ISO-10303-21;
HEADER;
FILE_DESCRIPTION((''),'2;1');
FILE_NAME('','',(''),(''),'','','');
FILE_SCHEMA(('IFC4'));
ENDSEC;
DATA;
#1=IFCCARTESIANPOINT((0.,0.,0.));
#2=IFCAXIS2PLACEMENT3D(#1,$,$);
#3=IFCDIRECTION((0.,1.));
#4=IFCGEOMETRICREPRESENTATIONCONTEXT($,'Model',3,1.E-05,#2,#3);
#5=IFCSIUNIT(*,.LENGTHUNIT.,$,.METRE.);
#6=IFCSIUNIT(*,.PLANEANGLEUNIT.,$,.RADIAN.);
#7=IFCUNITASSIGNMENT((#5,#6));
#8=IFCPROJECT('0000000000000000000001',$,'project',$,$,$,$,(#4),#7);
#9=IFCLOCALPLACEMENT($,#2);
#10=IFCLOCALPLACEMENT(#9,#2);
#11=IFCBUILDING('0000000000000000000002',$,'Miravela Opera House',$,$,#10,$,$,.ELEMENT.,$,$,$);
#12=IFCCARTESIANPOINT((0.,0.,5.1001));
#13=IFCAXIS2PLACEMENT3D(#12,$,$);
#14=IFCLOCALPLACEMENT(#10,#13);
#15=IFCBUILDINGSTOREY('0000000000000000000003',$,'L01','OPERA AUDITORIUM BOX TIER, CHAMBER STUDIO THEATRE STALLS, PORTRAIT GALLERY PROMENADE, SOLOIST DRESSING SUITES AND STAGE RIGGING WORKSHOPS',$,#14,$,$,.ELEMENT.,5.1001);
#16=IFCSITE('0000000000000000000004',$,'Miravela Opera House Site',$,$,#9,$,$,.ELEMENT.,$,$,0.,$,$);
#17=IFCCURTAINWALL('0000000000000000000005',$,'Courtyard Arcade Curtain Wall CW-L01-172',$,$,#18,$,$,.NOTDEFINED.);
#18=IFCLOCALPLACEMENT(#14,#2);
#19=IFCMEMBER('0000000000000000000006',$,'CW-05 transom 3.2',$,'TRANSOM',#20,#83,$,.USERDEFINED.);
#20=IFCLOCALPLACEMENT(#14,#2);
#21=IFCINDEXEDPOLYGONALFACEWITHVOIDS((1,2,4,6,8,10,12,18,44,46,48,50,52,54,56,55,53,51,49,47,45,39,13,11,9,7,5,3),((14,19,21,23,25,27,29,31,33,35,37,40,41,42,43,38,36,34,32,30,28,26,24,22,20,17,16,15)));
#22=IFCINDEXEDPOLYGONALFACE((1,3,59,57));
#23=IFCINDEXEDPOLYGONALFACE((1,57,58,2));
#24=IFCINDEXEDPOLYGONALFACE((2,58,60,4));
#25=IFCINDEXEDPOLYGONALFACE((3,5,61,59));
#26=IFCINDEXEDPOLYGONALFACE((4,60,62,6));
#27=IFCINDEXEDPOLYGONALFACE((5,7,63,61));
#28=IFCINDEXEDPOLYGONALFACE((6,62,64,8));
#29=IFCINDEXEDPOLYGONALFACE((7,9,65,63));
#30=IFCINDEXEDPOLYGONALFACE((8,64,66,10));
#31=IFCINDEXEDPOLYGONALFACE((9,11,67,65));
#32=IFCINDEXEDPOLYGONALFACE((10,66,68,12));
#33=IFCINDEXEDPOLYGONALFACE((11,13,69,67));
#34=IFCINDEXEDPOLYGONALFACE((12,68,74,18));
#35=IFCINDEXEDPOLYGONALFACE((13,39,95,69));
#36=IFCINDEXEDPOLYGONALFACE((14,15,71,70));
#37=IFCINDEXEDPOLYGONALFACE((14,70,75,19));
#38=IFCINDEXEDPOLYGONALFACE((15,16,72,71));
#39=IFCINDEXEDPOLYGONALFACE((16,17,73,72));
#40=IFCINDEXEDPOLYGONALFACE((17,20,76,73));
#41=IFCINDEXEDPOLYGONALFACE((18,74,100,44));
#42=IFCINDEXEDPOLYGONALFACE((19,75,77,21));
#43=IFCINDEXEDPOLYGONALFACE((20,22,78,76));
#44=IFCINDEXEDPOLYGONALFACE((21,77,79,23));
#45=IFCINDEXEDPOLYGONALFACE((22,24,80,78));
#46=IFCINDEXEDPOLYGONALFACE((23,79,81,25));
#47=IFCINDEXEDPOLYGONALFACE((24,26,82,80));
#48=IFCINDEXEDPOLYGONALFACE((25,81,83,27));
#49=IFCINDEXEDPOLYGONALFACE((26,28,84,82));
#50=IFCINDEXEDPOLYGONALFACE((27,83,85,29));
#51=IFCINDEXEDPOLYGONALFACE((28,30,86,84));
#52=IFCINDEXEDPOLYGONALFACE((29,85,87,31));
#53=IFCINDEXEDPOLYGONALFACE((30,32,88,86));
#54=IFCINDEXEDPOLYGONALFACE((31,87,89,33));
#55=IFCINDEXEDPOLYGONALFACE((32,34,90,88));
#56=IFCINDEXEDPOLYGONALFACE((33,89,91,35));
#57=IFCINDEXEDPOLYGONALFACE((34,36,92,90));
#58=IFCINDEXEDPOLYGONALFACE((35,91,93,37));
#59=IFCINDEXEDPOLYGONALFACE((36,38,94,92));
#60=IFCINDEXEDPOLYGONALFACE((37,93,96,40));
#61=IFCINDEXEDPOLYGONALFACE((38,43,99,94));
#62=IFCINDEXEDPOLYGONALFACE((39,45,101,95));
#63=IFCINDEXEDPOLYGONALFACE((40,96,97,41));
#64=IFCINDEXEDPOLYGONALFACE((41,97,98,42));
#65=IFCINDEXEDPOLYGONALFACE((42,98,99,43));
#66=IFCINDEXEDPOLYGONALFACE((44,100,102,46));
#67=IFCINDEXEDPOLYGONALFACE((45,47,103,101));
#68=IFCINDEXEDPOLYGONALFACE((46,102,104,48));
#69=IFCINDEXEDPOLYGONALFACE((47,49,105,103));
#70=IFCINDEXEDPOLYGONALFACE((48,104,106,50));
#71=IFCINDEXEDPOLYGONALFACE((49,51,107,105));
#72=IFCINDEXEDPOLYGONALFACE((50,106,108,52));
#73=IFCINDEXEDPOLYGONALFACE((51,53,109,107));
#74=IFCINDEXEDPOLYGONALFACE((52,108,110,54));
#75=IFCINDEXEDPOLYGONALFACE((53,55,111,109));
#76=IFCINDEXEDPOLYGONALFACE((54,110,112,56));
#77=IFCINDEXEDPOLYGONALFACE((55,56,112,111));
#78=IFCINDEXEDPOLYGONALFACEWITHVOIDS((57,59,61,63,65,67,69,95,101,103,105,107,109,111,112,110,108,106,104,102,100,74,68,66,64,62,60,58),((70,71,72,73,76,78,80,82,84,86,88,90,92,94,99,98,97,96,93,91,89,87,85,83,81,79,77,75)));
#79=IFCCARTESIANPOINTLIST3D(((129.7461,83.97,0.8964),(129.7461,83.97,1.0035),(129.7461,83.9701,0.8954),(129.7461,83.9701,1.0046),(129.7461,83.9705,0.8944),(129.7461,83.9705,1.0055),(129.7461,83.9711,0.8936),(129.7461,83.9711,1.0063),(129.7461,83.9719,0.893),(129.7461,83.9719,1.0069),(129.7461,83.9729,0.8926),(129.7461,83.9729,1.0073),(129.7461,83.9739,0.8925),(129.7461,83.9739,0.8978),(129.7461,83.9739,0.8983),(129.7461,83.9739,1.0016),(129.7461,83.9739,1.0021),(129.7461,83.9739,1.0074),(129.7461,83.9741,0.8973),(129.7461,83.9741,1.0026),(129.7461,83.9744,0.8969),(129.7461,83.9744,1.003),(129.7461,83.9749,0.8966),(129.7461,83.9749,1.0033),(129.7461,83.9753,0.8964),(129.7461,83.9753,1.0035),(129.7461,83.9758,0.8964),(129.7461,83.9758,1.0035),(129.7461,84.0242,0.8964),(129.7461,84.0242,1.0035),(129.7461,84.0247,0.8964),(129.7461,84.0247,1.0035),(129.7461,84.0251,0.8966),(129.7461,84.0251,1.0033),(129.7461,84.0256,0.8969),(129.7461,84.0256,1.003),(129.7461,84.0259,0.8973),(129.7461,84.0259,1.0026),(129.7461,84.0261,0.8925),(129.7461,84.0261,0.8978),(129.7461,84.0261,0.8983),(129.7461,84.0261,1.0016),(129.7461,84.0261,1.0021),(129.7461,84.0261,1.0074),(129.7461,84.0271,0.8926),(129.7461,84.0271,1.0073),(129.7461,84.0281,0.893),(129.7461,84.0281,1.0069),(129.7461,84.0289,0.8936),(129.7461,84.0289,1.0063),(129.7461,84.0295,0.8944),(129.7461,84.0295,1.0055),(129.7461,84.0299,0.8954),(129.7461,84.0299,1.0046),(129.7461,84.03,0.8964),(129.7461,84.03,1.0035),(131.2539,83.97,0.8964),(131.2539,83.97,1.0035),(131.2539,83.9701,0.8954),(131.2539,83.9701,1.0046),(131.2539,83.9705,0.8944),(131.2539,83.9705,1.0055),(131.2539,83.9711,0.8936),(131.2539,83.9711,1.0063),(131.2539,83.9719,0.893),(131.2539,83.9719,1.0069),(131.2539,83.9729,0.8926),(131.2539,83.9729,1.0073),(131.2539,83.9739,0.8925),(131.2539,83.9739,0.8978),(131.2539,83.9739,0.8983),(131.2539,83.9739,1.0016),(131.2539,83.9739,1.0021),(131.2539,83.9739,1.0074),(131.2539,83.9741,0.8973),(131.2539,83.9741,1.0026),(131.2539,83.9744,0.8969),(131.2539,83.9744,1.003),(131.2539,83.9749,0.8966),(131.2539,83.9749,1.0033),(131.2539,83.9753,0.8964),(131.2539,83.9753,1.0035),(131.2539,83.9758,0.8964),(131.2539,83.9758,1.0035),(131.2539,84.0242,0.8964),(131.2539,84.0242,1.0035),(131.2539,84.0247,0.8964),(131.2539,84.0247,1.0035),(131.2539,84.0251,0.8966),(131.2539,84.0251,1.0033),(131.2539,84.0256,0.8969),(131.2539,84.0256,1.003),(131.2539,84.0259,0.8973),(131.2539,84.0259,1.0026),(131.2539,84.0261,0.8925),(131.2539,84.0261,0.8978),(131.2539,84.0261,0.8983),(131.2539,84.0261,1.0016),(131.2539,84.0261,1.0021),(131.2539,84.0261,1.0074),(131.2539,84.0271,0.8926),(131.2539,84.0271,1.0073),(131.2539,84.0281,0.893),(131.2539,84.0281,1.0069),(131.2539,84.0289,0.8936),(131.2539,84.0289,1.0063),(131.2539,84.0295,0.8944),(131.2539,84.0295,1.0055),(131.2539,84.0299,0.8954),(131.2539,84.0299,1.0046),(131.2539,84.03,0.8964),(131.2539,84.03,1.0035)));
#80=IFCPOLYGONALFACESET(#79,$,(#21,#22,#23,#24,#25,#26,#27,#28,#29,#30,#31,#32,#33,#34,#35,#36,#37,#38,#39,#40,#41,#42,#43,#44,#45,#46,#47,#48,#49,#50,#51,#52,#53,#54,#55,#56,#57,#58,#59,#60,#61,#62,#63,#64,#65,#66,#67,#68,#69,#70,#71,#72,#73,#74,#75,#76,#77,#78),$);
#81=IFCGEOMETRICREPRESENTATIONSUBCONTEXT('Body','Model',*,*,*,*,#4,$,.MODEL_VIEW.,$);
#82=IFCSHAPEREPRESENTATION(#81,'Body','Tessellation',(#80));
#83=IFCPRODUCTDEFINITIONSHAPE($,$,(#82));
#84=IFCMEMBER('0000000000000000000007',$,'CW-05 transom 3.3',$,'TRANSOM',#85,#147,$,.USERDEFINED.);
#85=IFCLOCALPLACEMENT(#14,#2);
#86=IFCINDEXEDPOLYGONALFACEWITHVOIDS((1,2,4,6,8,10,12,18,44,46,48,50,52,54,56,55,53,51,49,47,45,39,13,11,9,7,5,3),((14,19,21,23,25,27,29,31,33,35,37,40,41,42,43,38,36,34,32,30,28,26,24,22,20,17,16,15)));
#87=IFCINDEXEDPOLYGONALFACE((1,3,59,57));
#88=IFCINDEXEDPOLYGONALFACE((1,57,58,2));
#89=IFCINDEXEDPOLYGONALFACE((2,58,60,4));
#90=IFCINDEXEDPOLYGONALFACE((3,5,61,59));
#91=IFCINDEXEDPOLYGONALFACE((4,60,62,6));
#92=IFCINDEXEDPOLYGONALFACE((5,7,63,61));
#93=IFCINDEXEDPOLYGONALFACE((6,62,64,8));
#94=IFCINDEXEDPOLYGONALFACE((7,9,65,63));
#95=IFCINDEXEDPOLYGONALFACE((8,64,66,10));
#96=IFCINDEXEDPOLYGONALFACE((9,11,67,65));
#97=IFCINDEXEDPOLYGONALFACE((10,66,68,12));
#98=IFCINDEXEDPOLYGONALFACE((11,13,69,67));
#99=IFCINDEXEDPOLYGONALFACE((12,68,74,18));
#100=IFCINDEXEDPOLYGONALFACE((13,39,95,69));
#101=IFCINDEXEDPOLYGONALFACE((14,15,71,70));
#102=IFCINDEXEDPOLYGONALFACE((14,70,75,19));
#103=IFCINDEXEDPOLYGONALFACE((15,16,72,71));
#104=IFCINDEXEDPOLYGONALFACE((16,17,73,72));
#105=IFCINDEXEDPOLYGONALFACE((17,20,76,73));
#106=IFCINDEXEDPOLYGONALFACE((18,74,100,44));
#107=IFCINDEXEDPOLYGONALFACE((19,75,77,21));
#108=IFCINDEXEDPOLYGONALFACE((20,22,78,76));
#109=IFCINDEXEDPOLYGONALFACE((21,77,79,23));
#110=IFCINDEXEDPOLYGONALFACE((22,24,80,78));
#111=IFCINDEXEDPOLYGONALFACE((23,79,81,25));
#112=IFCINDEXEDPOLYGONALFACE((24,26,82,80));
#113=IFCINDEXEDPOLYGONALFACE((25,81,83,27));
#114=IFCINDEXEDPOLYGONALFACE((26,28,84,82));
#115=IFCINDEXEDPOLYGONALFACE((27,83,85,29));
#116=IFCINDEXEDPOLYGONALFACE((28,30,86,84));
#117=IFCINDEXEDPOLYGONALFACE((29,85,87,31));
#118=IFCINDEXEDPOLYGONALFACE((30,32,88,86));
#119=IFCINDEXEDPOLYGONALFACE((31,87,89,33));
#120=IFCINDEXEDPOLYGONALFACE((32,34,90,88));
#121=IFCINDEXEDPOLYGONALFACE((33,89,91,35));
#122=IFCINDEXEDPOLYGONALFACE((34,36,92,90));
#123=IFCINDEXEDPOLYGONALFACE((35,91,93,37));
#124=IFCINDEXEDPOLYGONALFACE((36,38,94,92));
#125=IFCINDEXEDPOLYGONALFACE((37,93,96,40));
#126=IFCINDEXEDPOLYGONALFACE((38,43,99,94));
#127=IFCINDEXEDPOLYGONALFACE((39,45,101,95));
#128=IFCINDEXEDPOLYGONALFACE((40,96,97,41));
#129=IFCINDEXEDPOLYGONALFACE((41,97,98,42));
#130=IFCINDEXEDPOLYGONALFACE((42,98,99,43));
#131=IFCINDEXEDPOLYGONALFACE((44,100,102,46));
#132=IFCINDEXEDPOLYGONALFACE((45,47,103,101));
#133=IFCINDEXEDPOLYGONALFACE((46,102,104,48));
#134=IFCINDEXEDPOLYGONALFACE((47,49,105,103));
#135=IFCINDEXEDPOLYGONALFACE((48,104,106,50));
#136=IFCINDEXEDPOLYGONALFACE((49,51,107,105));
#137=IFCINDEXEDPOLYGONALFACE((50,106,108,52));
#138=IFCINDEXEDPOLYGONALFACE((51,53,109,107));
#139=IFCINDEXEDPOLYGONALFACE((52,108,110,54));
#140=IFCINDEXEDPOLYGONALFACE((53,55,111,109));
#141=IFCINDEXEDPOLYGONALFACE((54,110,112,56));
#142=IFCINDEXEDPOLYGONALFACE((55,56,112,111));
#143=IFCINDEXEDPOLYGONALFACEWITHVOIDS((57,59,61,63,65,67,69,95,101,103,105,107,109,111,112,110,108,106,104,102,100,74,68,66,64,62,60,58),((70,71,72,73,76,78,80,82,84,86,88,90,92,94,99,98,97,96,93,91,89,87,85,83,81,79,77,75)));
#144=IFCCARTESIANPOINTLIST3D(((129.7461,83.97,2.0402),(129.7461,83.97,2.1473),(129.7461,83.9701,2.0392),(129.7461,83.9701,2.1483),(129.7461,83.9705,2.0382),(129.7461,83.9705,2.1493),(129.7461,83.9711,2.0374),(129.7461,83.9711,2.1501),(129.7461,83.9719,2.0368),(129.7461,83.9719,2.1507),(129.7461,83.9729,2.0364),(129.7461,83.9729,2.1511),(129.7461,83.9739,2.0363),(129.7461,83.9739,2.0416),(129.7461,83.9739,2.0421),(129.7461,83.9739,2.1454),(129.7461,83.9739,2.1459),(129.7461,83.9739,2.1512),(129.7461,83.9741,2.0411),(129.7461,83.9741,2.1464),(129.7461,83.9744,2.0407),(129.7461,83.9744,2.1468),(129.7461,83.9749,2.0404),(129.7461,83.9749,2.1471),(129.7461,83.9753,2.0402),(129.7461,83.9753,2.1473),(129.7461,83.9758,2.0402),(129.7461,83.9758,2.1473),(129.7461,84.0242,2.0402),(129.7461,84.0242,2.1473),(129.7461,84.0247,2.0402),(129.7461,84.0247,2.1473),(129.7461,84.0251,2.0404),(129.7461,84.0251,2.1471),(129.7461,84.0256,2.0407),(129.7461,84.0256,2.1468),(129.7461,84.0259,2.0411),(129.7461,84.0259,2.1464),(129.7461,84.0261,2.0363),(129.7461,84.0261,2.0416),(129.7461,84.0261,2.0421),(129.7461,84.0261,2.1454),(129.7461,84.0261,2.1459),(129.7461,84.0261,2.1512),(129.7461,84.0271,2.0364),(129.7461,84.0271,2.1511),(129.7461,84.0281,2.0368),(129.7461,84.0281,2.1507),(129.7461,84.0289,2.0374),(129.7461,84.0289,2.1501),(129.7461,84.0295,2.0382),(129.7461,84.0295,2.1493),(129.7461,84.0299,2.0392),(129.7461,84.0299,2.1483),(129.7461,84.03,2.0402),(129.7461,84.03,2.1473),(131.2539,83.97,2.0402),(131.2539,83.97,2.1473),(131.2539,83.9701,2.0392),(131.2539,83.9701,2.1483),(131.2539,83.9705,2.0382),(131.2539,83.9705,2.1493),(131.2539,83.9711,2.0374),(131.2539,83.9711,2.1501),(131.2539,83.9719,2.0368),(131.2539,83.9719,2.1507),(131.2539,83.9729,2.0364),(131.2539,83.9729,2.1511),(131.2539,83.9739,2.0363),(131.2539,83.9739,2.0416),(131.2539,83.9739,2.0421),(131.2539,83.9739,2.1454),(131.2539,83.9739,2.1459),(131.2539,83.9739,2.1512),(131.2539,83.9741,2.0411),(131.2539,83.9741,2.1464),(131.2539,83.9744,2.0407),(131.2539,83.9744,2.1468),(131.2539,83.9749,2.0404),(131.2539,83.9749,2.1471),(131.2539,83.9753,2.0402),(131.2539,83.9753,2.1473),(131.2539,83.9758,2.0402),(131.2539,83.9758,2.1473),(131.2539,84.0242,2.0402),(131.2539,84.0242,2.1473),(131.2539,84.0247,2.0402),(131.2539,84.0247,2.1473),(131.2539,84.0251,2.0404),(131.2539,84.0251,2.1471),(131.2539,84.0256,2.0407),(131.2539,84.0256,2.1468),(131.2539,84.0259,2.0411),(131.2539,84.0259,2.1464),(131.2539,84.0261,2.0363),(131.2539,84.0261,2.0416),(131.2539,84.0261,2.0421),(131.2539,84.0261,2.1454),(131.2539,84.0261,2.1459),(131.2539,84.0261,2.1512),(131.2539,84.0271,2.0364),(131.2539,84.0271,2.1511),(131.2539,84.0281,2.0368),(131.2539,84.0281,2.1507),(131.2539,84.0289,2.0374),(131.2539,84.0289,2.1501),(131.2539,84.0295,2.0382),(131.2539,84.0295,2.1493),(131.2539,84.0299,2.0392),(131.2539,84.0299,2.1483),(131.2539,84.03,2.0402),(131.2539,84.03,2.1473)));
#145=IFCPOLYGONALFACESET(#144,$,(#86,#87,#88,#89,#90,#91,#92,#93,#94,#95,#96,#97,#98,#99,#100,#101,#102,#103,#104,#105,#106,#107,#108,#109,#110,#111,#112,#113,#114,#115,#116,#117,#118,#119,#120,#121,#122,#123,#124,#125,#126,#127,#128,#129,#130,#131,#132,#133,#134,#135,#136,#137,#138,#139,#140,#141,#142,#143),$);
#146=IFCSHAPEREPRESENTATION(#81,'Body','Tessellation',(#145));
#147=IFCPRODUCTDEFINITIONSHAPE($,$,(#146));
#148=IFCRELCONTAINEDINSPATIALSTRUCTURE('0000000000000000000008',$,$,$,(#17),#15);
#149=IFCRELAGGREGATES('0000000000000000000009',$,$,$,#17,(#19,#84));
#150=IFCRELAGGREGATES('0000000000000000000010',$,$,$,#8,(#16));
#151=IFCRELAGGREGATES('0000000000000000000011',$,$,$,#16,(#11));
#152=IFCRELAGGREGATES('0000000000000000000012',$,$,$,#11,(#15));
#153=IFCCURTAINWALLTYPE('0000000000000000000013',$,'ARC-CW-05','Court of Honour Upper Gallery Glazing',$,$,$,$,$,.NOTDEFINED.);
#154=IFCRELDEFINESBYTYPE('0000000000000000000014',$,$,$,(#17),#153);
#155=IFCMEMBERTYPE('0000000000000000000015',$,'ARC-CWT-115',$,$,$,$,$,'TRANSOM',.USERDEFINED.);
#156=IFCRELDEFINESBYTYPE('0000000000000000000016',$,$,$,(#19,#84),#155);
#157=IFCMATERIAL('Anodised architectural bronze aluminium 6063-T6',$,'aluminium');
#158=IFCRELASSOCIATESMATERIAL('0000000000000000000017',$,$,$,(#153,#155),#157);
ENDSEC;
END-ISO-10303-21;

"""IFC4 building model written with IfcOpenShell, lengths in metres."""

from ifc_helpers import new_model, si_unit, direction, frame, origin, origin_2d, place, context, subcontext, project, spatial, hollow_rectangle, extrude, material, material_profile, profile_set, type_object, element, aggregate, save


model = new_model("IFC4")

# Units and contexts
model_context = context("Model", 3, precision=1e-05, world=origin(), true_north=direction((0.0, 1.0)))
body_context = subcontext(model_context, "Body", "Model", "MODEL_VIEW")
ifc_project = project(units=[si_unit("LENGTHUNIT", "METRE"), si_unit("PLANEANGLEUNIT", "RADIAN")], contexts=[model_context])

# Site, building, storey
site_placement = place(None, origin())
site = spatial("IfcSite", under=ifc_project, at=site_placement, Name="Miravela Opera House Site", CompositionType="ELEMENT", RefElevation=0.0)
building_placement = place(site_placement, origin())
building = spatial("IfcBuilding", under=site, at=building_placement, Name="Miravela Opera House", CompositionType="ELEMENT")
storey_placement = place(building_placement, frame((0.0, 0.0, 5.1001)))
storey = spatial("IfcBuildingStorey", under=building, at=storey_placement, Name="L01", Description="OPERA AUDITORIUM BOX TIER, CHAMBER STUDIO THEATRE STALLS, PORTRAIT GALLERY PROMENADE, SOLOIST DRESSING SUITES AND STAGE RIGGING WORKSHOPS", CompositionType="ELEMENT", Elevation=5.1001)

# Curtain wall, members
ifc_material_1 = material(Name="Anodised architectural bronze aluminium 6063-T6", Category="aluminium")
curtain_wall_type = type_object("IfcCurtainWallType", Name="ARC-CW-05", Description="Court of Honour Upper Gallery Glazing", PredefinedType="NOTDEFINED", material=ifc_material_1)
curtain_wall_placement = place(storey_placement, origin())
curtain_wall = element("IfcCurtainWall", 1, at=curtain_wall_placement, inside=storey, type_object=curtain_wall_type, Name="Courtyard Arcade Curtain Wall CW-L01-172", PredefinedType="NOTDEFINED")
ifc_material_profile_1 = material_profile(ifc_material_1, hollow_rectangle(XDim=0.0601, YDim=0.115, WallThickness=0.0039, InnerFilletRadius=0.002, OuterFilletRadius=0.0039, at=origin_2d()), Name="CWT-60X115")
ifc_profile_set_1 = profile_set([ifc_material_profile_1])
member_type_1 = type_object("IfcMemberType", Name="ARC-CWT-115", ElementType="TRANSOM", PredefinedType="USERDEFINED", material=ifc_profile_set_1)
member_1_placement = place(storey_placement, frame((129.7461, 84.0, 0.95), z_axis=(1.0, 0.0, 0.0), x_axis=(0.0, 1.0, 0.0)))
member_1 = element("IfcMember", 2, at=member_1_placement, type_object=member_type_1, Name="CW-05 transom 3.2", ObjectType="TRANSOM", PredefinedType="USERDEFINED", context=body_context, shape_type="SweptSolid", body=[
    extrude(hollow_rectangle(XDim=0.0601, YDim=0.115, WallThickness=0.0039, InnerFilletRadius=0.002, OuterFilletRadius=0.0039, at=origin_2d()), origin(), (0.0, 0.0, 1.0), 1.5078),
])
member_2_placement = place(storey_placement, frame((129.7461, 84.0, 2.0938), z_axis=(1.0, 0.0, 0.0), x_axis=(0.0, 1.0, 0.0)))
member_2 = element("IfcMember", 3, at=member_2_placement, type_object=member_type_1, Name="CW-05 transom 3.3", ObjectType="TRANSOM", PredefinedType="USERDEFINED", context=body_context, shape_type="SweptSolid", body=[
    extrude(hollow_rectangle(XDim=0.0601, YDim=0.115, WallThickness=0.0039, InnerFilletRadius=0.002, OuterFilletRadius=0.0039, at=origin_2d()), origin(), (0.0, 0.0, 1.0), 1.5078),
])
aggregate(curtain_wall, [member_1, member_2])

save(model, "model.ifc")
